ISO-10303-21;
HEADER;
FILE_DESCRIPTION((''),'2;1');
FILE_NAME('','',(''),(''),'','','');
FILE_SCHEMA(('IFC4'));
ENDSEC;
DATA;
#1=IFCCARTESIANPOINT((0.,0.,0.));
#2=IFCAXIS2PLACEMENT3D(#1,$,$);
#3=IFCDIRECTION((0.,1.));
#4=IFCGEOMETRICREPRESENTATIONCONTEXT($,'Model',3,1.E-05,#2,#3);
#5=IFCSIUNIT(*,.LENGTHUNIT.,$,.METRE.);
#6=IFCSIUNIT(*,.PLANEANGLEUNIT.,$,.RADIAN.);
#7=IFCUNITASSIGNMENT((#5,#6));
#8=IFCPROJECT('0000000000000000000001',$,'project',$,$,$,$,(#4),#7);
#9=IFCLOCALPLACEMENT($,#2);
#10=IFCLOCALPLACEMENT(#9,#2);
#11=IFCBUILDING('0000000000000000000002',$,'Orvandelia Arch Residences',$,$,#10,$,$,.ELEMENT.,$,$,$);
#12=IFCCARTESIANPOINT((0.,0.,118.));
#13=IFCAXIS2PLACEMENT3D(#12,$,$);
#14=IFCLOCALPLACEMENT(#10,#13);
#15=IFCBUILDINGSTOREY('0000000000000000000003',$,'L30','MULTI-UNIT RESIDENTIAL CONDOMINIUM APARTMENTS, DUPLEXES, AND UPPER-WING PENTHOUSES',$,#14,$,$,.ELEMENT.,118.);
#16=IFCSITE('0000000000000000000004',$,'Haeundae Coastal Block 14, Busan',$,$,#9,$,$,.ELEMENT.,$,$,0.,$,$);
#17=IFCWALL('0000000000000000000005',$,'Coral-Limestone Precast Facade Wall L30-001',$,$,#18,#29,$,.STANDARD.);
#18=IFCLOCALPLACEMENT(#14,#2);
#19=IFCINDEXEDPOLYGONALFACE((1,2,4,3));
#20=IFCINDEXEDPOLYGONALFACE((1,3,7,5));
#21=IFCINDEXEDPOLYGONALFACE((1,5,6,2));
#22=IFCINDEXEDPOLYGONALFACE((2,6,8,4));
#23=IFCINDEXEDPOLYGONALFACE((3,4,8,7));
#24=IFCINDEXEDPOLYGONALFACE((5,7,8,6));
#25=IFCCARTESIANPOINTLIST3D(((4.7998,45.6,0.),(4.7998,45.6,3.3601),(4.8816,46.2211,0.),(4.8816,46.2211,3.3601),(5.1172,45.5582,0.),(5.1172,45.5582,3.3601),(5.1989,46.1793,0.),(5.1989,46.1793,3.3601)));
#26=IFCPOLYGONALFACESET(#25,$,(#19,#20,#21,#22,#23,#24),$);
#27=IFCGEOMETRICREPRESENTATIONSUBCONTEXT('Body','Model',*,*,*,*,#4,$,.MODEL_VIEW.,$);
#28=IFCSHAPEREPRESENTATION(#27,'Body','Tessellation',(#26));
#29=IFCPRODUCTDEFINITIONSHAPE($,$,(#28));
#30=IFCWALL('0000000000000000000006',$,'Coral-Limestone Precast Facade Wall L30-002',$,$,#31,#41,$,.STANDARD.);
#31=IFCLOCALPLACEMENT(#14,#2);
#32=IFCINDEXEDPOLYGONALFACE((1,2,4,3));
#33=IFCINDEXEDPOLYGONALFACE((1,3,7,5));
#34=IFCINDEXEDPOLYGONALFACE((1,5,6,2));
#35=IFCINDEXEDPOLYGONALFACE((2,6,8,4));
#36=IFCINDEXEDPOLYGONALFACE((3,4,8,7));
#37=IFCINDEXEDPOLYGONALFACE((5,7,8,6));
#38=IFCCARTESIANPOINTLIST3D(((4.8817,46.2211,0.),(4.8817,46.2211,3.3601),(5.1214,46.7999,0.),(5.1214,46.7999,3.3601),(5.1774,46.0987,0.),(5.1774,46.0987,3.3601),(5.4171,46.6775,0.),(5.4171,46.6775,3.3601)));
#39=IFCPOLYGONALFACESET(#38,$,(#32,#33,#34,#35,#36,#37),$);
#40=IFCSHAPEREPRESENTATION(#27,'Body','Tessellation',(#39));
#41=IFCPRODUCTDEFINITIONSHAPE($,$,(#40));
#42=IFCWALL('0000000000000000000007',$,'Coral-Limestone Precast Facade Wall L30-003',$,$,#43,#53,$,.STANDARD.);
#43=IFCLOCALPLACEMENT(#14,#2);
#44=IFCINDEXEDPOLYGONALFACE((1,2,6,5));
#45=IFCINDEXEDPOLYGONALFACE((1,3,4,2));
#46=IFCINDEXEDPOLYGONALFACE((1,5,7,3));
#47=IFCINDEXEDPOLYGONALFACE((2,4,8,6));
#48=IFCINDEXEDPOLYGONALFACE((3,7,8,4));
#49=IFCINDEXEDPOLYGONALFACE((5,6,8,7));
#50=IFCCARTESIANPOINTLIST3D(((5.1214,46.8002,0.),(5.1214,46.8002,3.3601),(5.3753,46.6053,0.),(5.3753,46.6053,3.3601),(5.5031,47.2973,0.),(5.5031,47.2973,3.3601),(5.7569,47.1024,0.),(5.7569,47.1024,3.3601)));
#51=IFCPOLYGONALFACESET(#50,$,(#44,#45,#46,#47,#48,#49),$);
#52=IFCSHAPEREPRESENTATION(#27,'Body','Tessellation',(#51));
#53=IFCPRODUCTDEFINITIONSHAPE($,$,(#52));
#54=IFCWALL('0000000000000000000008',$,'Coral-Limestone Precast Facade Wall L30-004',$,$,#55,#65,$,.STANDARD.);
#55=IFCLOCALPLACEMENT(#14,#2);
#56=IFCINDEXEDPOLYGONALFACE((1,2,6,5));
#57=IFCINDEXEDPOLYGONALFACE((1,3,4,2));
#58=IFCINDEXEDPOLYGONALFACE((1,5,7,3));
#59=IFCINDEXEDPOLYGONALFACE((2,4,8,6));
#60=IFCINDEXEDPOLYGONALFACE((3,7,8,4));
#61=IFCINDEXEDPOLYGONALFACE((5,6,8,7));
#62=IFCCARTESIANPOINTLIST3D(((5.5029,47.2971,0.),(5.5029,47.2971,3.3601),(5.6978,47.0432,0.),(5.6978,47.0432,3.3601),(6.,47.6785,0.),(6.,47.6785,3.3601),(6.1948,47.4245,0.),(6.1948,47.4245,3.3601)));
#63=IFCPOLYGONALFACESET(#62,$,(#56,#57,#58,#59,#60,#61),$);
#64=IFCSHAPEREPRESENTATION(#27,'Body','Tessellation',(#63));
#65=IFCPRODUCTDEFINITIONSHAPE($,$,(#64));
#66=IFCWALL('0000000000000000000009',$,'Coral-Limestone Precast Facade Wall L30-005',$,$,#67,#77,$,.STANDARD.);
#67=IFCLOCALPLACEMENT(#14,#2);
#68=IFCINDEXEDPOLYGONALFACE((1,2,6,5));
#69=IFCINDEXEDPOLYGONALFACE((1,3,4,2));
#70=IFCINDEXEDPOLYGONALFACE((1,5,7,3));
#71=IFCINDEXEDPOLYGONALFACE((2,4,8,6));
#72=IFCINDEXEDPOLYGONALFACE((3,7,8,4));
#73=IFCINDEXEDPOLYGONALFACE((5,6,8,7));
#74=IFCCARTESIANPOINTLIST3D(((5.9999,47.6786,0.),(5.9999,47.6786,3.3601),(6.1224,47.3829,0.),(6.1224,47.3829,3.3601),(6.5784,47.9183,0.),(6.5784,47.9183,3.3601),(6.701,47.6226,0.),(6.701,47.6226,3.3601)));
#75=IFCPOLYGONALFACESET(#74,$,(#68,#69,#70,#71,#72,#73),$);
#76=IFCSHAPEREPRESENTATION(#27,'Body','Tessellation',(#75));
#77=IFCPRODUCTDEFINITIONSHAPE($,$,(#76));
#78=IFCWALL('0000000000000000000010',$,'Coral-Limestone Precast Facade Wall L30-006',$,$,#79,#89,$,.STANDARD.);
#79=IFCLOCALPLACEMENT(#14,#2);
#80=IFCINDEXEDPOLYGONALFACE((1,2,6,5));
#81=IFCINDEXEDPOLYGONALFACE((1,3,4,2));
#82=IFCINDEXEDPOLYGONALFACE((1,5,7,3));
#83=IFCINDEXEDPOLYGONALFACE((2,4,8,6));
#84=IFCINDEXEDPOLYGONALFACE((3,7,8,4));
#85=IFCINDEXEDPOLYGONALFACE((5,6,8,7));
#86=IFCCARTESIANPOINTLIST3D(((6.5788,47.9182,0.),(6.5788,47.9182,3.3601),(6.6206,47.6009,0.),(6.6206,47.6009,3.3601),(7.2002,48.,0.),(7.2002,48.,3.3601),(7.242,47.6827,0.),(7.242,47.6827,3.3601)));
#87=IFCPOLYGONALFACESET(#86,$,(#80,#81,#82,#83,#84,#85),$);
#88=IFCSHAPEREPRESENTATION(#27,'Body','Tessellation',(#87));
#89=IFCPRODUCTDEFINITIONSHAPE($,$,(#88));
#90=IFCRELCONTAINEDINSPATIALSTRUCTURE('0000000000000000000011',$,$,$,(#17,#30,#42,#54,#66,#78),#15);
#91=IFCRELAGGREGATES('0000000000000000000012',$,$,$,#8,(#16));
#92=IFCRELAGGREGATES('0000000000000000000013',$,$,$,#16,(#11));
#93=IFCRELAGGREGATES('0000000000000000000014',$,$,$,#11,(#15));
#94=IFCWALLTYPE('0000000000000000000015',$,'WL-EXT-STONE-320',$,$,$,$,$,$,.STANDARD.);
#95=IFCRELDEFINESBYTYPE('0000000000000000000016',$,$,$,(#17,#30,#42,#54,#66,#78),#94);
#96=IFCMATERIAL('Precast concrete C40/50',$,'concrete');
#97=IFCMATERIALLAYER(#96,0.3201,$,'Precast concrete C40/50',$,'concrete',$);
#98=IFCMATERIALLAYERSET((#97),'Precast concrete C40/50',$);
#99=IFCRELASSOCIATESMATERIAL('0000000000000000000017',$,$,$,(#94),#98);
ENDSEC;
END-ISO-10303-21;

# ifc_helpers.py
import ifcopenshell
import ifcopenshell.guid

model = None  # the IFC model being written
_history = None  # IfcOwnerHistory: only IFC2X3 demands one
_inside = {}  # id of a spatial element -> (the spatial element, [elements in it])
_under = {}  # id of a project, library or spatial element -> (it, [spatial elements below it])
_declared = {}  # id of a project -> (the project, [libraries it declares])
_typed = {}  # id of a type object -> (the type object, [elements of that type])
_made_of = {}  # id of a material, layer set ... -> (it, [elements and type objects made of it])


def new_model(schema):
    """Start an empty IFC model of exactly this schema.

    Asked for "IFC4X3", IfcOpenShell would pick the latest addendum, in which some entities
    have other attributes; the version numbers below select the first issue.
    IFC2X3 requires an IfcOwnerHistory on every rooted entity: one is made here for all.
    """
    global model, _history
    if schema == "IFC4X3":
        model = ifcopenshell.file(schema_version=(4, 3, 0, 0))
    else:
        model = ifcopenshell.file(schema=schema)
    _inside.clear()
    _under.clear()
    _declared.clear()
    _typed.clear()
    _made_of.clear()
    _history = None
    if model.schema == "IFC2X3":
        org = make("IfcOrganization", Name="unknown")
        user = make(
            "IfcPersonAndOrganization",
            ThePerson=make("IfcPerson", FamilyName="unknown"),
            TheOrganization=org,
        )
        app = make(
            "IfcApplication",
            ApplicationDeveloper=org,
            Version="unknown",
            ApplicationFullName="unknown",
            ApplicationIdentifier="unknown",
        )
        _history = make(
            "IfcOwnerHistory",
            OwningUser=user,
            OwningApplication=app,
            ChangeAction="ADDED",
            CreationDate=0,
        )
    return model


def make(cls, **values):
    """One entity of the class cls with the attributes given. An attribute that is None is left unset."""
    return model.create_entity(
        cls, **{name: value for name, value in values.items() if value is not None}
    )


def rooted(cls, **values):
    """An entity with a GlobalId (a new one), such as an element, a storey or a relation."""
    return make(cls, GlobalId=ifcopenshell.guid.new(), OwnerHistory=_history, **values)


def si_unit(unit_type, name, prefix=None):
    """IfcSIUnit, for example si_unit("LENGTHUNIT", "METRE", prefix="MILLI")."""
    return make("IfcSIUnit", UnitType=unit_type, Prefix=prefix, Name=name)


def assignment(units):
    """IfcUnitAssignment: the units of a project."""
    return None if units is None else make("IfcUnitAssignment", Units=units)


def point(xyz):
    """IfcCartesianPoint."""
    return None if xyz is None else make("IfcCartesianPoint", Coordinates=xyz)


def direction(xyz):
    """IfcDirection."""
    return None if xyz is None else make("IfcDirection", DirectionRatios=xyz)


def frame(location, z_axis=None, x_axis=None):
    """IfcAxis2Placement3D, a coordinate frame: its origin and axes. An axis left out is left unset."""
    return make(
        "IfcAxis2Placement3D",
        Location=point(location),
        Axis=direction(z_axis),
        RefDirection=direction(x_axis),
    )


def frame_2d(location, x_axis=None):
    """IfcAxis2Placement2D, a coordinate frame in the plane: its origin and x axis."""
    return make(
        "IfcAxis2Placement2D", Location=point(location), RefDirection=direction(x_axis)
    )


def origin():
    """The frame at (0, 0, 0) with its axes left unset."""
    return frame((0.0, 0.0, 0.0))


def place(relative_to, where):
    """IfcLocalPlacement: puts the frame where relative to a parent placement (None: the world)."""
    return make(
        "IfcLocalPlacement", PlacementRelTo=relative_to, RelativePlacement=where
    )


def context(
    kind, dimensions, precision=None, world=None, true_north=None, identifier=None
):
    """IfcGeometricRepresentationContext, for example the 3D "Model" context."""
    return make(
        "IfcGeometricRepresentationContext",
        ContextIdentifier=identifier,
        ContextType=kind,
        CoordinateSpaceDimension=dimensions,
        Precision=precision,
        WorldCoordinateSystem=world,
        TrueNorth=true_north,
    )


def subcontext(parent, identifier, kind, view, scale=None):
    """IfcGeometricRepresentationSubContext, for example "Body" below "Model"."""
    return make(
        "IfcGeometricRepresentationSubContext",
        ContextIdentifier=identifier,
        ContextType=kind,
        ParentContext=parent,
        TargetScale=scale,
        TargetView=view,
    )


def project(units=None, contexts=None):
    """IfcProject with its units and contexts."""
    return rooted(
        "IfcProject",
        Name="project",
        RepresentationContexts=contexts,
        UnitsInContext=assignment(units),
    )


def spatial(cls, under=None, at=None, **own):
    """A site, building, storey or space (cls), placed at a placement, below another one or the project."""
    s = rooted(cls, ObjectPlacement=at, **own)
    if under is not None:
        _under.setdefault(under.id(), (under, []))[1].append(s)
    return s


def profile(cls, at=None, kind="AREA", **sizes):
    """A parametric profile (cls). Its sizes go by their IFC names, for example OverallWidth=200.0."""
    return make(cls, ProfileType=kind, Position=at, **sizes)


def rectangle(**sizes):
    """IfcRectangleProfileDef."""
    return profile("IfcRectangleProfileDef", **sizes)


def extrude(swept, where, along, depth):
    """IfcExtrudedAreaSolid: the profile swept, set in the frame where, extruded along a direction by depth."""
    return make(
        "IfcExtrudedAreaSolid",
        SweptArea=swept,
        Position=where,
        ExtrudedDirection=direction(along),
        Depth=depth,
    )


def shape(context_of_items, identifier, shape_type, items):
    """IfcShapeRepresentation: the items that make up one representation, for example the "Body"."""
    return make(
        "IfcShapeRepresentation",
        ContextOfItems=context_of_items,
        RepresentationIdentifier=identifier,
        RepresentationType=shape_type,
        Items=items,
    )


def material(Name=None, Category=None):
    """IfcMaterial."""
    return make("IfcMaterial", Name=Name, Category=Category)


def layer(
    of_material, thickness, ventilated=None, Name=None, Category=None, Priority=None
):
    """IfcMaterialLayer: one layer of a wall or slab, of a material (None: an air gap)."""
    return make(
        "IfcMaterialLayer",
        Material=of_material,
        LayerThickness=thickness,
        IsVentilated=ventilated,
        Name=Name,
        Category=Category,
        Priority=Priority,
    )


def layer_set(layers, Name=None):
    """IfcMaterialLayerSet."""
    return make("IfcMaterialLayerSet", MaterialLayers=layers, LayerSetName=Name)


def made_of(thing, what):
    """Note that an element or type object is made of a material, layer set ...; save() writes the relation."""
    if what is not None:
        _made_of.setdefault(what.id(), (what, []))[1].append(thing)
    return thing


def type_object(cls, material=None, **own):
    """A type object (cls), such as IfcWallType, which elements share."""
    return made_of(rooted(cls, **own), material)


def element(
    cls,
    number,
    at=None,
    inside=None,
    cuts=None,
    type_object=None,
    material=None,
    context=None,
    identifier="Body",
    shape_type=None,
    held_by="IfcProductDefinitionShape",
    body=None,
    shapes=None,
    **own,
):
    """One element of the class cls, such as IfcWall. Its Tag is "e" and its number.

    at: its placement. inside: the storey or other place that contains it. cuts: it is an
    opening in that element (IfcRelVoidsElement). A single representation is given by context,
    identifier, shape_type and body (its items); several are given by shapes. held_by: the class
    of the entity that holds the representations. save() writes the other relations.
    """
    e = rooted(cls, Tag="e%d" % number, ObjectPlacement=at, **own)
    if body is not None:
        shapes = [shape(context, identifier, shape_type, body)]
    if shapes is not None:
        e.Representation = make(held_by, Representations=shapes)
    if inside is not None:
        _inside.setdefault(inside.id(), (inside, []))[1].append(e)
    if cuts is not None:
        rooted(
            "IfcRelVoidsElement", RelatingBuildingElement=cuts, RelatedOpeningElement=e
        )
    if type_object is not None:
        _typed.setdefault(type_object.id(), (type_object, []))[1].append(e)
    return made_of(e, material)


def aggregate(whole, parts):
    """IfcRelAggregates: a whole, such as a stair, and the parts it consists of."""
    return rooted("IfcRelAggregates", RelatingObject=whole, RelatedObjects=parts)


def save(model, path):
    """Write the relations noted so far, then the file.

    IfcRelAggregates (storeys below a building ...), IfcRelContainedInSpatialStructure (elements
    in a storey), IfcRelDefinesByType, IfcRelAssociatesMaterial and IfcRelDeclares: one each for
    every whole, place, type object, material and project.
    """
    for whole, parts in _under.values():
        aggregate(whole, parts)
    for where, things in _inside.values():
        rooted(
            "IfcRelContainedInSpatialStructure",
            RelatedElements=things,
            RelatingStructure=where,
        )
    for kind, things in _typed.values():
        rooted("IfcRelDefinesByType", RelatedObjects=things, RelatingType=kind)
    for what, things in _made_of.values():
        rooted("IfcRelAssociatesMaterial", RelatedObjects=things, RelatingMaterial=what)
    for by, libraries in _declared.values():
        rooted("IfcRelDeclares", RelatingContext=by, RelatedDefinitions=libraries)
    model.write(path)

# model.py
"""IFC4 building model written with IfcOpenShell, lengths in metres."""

from ifc_helpers import new_model, si_unit, direction, frame, frame_2d, origin, place, context, subcontext, project, spatial, rectangle, extrude, material, layer, layer_set, type_object, element, save


model = new_model("IFC4")

# Units and contexts
model_context = context("Model", 3, precision=1e-05, world=origin(), true_north=direction((0.0, 1.0)))
body_context = subcontext(model_context, "Body", "Model", "MODEL_VIEW")
ifc_project = project(units=[si_unit("LENGTHUNIT", "METRE"), si_unit("PLANEANGLEUNIT", "RADIAN")], contexts=[model_context])

# Site, building, storey
site_placement = place(None, origin())
site = spatial("IfcSite", under=ifc_project, at=site_placement, Name="Haeundae Coastal Block 14, Busan", CompositionType="ELEMENT", RefElevation=0.0)
building_placement = place(site_placement, origin())
building = spatial("IfcBuilding", under=site, at=building_placement, Name="Orvandelia Arch Residences", CompositionType="ELEMENT")
storey_placement = place(building_placement, frame((0.0, 0.0, 118.0)))
storey = spatial("IfcBuildingStorey", under=building, at=storey_placement, Name="L30", Description="MULTI-UNIT RESIDENTIAL CONDOMINIUM APARTMENTS, DUPLEXES, AND UPPER-WING PENTHOUSES", CompositionType="ELEMENT", Elevation=118.0)

# Walls
ifc_material_1 = material(Name="Precast concrete C40/50", Category="concrete")
ifc_layer_1 = layer(ifc_material_1, 0.3201, Name="Precast concrete C40/50", Category="concrete")
ifc_layer_set_1 = layer_set([ifc_layer_1], Name="Precast concrete C40/50")
wall_type_1 = type_object("IfcWallType", Name="WL-EXT-STONE-320", PredefinedType="STANDARD", material=ifc_layer_set_1)
for number, where, z_axis, x_axis, name in (
    (1, (4.9585, 45.5791, 0.0), (0.0, 0.0, 1.0), (0.130555, 0.991441, 0.0), "Coral-Limestone Precast Facade Wall L30-001"),
    (2, (5.0295, 46.1599, 0.0), (0.0, 0.0, 1.0), (0.38265, 0.923893, 0.0), "Coral-Limestone Precast Facade Wall L30-002"),
):
    element("IfcWall", number, at=place(storey_placement, frame(where, z_axis=z_axis, x_axis=x_axis)), inside=storey, type_object=wall_type_1, Name=name, PredefinedType="STANDARD", context=body_context, shape_type="SweptSolid", body=[
        extrude(rectangle(XDim=0.6265, YDim=0.3201, at=frame_2d((0.3132, 0.0))), origin(), (0.0, 0.0, 1.0), 3.3601),
    ])
wall_1_placement = place(storey_placement, frame((5.2483, 46.7026, 0.0), z_axis=(0.0, 0.0, 1.0), x_axis=(0.608939, 0.793217, 0.0)))
element("IfcWall", 3, at=wall_1_placement, inside=storey, type_object=wall_type_1, Name="Coral-Limestone Precast Facade Wall L30-003", PredefinedType="STANDARD", context=body_context, shape_type="SweptSolid", body=[
    extrude(rectangle(XDim=0.6267, YDim=0.3201, at=frame_2d((0.3135, 0.0))), origin(), (0.0, 0.0, 1.0), 3.3601),
])
wall_2_placement = place(storey_placement, frame((5.6003, 47.1702, 0.0), z_axis=(0.0, 0.0, 1.0), x_axis=(0.793406, 0.608693, 0.0)))
element("IfcWall", 4, at=wall_2_placement, inside=storey, type_object=wall_type_1, Name="Coral-Limestone Precast Facade Wall L30-004", PredefinedType="STANDARD", context=body_context, shape_type="SweptSolid", body=[
    extrude(rectangle(XDim=0.6265, YDim=0.3201, at=frame_2d((0.3132, 0.0))), origin(), (0.0, 0.0, 1.0), 3.3601),
])
wall_3_placement = place(storey_placement, frame((6.0613, 47.5308, 0.0), z_axis=(0.0, 0.0, 1.0), x_axis=(0.923836, 0.382788, 0.0)))
element("IfcWall", 5, at=wall_3_placement, inside=storey, type_object=wall_type_1, Name="Coral-Limestone Precast Facade Wall L30-005", PredefinedType="STANDARD", context=body_context, shape_type="SweptSolid", body=[
    extrude(rectangle(XDim=0.6262, YDim=0.3201, at=frame_2d((0.313, 0.0))), origin(), (0.0, 0.0, 1.0), 3.3601),
])
wall_4_placement = place(storey_placement, frame((6.5996, 47.7595, 0.0), z_axis=(0.0, 0.0, 1.0), x_axis=(0.991448, 0.130505, 0.0)))
element("IfcWall", 6, at=wall_4_placement, inside=storey, type_object=wall_type_1, Name="Coral-Limestone Precast Facade Wall L30-006", PredefinedType="STANDARD", context=body_context, shape_type="SweptSolid", body=[
    extrude(rectangle(XDim=0.6267, YDim=0.3201, at=frame_2d((0.3135, 0.0))), origin(), (0.0, 0.0, 1.0), 3.3601),
])

save(model, "model.ifc")
